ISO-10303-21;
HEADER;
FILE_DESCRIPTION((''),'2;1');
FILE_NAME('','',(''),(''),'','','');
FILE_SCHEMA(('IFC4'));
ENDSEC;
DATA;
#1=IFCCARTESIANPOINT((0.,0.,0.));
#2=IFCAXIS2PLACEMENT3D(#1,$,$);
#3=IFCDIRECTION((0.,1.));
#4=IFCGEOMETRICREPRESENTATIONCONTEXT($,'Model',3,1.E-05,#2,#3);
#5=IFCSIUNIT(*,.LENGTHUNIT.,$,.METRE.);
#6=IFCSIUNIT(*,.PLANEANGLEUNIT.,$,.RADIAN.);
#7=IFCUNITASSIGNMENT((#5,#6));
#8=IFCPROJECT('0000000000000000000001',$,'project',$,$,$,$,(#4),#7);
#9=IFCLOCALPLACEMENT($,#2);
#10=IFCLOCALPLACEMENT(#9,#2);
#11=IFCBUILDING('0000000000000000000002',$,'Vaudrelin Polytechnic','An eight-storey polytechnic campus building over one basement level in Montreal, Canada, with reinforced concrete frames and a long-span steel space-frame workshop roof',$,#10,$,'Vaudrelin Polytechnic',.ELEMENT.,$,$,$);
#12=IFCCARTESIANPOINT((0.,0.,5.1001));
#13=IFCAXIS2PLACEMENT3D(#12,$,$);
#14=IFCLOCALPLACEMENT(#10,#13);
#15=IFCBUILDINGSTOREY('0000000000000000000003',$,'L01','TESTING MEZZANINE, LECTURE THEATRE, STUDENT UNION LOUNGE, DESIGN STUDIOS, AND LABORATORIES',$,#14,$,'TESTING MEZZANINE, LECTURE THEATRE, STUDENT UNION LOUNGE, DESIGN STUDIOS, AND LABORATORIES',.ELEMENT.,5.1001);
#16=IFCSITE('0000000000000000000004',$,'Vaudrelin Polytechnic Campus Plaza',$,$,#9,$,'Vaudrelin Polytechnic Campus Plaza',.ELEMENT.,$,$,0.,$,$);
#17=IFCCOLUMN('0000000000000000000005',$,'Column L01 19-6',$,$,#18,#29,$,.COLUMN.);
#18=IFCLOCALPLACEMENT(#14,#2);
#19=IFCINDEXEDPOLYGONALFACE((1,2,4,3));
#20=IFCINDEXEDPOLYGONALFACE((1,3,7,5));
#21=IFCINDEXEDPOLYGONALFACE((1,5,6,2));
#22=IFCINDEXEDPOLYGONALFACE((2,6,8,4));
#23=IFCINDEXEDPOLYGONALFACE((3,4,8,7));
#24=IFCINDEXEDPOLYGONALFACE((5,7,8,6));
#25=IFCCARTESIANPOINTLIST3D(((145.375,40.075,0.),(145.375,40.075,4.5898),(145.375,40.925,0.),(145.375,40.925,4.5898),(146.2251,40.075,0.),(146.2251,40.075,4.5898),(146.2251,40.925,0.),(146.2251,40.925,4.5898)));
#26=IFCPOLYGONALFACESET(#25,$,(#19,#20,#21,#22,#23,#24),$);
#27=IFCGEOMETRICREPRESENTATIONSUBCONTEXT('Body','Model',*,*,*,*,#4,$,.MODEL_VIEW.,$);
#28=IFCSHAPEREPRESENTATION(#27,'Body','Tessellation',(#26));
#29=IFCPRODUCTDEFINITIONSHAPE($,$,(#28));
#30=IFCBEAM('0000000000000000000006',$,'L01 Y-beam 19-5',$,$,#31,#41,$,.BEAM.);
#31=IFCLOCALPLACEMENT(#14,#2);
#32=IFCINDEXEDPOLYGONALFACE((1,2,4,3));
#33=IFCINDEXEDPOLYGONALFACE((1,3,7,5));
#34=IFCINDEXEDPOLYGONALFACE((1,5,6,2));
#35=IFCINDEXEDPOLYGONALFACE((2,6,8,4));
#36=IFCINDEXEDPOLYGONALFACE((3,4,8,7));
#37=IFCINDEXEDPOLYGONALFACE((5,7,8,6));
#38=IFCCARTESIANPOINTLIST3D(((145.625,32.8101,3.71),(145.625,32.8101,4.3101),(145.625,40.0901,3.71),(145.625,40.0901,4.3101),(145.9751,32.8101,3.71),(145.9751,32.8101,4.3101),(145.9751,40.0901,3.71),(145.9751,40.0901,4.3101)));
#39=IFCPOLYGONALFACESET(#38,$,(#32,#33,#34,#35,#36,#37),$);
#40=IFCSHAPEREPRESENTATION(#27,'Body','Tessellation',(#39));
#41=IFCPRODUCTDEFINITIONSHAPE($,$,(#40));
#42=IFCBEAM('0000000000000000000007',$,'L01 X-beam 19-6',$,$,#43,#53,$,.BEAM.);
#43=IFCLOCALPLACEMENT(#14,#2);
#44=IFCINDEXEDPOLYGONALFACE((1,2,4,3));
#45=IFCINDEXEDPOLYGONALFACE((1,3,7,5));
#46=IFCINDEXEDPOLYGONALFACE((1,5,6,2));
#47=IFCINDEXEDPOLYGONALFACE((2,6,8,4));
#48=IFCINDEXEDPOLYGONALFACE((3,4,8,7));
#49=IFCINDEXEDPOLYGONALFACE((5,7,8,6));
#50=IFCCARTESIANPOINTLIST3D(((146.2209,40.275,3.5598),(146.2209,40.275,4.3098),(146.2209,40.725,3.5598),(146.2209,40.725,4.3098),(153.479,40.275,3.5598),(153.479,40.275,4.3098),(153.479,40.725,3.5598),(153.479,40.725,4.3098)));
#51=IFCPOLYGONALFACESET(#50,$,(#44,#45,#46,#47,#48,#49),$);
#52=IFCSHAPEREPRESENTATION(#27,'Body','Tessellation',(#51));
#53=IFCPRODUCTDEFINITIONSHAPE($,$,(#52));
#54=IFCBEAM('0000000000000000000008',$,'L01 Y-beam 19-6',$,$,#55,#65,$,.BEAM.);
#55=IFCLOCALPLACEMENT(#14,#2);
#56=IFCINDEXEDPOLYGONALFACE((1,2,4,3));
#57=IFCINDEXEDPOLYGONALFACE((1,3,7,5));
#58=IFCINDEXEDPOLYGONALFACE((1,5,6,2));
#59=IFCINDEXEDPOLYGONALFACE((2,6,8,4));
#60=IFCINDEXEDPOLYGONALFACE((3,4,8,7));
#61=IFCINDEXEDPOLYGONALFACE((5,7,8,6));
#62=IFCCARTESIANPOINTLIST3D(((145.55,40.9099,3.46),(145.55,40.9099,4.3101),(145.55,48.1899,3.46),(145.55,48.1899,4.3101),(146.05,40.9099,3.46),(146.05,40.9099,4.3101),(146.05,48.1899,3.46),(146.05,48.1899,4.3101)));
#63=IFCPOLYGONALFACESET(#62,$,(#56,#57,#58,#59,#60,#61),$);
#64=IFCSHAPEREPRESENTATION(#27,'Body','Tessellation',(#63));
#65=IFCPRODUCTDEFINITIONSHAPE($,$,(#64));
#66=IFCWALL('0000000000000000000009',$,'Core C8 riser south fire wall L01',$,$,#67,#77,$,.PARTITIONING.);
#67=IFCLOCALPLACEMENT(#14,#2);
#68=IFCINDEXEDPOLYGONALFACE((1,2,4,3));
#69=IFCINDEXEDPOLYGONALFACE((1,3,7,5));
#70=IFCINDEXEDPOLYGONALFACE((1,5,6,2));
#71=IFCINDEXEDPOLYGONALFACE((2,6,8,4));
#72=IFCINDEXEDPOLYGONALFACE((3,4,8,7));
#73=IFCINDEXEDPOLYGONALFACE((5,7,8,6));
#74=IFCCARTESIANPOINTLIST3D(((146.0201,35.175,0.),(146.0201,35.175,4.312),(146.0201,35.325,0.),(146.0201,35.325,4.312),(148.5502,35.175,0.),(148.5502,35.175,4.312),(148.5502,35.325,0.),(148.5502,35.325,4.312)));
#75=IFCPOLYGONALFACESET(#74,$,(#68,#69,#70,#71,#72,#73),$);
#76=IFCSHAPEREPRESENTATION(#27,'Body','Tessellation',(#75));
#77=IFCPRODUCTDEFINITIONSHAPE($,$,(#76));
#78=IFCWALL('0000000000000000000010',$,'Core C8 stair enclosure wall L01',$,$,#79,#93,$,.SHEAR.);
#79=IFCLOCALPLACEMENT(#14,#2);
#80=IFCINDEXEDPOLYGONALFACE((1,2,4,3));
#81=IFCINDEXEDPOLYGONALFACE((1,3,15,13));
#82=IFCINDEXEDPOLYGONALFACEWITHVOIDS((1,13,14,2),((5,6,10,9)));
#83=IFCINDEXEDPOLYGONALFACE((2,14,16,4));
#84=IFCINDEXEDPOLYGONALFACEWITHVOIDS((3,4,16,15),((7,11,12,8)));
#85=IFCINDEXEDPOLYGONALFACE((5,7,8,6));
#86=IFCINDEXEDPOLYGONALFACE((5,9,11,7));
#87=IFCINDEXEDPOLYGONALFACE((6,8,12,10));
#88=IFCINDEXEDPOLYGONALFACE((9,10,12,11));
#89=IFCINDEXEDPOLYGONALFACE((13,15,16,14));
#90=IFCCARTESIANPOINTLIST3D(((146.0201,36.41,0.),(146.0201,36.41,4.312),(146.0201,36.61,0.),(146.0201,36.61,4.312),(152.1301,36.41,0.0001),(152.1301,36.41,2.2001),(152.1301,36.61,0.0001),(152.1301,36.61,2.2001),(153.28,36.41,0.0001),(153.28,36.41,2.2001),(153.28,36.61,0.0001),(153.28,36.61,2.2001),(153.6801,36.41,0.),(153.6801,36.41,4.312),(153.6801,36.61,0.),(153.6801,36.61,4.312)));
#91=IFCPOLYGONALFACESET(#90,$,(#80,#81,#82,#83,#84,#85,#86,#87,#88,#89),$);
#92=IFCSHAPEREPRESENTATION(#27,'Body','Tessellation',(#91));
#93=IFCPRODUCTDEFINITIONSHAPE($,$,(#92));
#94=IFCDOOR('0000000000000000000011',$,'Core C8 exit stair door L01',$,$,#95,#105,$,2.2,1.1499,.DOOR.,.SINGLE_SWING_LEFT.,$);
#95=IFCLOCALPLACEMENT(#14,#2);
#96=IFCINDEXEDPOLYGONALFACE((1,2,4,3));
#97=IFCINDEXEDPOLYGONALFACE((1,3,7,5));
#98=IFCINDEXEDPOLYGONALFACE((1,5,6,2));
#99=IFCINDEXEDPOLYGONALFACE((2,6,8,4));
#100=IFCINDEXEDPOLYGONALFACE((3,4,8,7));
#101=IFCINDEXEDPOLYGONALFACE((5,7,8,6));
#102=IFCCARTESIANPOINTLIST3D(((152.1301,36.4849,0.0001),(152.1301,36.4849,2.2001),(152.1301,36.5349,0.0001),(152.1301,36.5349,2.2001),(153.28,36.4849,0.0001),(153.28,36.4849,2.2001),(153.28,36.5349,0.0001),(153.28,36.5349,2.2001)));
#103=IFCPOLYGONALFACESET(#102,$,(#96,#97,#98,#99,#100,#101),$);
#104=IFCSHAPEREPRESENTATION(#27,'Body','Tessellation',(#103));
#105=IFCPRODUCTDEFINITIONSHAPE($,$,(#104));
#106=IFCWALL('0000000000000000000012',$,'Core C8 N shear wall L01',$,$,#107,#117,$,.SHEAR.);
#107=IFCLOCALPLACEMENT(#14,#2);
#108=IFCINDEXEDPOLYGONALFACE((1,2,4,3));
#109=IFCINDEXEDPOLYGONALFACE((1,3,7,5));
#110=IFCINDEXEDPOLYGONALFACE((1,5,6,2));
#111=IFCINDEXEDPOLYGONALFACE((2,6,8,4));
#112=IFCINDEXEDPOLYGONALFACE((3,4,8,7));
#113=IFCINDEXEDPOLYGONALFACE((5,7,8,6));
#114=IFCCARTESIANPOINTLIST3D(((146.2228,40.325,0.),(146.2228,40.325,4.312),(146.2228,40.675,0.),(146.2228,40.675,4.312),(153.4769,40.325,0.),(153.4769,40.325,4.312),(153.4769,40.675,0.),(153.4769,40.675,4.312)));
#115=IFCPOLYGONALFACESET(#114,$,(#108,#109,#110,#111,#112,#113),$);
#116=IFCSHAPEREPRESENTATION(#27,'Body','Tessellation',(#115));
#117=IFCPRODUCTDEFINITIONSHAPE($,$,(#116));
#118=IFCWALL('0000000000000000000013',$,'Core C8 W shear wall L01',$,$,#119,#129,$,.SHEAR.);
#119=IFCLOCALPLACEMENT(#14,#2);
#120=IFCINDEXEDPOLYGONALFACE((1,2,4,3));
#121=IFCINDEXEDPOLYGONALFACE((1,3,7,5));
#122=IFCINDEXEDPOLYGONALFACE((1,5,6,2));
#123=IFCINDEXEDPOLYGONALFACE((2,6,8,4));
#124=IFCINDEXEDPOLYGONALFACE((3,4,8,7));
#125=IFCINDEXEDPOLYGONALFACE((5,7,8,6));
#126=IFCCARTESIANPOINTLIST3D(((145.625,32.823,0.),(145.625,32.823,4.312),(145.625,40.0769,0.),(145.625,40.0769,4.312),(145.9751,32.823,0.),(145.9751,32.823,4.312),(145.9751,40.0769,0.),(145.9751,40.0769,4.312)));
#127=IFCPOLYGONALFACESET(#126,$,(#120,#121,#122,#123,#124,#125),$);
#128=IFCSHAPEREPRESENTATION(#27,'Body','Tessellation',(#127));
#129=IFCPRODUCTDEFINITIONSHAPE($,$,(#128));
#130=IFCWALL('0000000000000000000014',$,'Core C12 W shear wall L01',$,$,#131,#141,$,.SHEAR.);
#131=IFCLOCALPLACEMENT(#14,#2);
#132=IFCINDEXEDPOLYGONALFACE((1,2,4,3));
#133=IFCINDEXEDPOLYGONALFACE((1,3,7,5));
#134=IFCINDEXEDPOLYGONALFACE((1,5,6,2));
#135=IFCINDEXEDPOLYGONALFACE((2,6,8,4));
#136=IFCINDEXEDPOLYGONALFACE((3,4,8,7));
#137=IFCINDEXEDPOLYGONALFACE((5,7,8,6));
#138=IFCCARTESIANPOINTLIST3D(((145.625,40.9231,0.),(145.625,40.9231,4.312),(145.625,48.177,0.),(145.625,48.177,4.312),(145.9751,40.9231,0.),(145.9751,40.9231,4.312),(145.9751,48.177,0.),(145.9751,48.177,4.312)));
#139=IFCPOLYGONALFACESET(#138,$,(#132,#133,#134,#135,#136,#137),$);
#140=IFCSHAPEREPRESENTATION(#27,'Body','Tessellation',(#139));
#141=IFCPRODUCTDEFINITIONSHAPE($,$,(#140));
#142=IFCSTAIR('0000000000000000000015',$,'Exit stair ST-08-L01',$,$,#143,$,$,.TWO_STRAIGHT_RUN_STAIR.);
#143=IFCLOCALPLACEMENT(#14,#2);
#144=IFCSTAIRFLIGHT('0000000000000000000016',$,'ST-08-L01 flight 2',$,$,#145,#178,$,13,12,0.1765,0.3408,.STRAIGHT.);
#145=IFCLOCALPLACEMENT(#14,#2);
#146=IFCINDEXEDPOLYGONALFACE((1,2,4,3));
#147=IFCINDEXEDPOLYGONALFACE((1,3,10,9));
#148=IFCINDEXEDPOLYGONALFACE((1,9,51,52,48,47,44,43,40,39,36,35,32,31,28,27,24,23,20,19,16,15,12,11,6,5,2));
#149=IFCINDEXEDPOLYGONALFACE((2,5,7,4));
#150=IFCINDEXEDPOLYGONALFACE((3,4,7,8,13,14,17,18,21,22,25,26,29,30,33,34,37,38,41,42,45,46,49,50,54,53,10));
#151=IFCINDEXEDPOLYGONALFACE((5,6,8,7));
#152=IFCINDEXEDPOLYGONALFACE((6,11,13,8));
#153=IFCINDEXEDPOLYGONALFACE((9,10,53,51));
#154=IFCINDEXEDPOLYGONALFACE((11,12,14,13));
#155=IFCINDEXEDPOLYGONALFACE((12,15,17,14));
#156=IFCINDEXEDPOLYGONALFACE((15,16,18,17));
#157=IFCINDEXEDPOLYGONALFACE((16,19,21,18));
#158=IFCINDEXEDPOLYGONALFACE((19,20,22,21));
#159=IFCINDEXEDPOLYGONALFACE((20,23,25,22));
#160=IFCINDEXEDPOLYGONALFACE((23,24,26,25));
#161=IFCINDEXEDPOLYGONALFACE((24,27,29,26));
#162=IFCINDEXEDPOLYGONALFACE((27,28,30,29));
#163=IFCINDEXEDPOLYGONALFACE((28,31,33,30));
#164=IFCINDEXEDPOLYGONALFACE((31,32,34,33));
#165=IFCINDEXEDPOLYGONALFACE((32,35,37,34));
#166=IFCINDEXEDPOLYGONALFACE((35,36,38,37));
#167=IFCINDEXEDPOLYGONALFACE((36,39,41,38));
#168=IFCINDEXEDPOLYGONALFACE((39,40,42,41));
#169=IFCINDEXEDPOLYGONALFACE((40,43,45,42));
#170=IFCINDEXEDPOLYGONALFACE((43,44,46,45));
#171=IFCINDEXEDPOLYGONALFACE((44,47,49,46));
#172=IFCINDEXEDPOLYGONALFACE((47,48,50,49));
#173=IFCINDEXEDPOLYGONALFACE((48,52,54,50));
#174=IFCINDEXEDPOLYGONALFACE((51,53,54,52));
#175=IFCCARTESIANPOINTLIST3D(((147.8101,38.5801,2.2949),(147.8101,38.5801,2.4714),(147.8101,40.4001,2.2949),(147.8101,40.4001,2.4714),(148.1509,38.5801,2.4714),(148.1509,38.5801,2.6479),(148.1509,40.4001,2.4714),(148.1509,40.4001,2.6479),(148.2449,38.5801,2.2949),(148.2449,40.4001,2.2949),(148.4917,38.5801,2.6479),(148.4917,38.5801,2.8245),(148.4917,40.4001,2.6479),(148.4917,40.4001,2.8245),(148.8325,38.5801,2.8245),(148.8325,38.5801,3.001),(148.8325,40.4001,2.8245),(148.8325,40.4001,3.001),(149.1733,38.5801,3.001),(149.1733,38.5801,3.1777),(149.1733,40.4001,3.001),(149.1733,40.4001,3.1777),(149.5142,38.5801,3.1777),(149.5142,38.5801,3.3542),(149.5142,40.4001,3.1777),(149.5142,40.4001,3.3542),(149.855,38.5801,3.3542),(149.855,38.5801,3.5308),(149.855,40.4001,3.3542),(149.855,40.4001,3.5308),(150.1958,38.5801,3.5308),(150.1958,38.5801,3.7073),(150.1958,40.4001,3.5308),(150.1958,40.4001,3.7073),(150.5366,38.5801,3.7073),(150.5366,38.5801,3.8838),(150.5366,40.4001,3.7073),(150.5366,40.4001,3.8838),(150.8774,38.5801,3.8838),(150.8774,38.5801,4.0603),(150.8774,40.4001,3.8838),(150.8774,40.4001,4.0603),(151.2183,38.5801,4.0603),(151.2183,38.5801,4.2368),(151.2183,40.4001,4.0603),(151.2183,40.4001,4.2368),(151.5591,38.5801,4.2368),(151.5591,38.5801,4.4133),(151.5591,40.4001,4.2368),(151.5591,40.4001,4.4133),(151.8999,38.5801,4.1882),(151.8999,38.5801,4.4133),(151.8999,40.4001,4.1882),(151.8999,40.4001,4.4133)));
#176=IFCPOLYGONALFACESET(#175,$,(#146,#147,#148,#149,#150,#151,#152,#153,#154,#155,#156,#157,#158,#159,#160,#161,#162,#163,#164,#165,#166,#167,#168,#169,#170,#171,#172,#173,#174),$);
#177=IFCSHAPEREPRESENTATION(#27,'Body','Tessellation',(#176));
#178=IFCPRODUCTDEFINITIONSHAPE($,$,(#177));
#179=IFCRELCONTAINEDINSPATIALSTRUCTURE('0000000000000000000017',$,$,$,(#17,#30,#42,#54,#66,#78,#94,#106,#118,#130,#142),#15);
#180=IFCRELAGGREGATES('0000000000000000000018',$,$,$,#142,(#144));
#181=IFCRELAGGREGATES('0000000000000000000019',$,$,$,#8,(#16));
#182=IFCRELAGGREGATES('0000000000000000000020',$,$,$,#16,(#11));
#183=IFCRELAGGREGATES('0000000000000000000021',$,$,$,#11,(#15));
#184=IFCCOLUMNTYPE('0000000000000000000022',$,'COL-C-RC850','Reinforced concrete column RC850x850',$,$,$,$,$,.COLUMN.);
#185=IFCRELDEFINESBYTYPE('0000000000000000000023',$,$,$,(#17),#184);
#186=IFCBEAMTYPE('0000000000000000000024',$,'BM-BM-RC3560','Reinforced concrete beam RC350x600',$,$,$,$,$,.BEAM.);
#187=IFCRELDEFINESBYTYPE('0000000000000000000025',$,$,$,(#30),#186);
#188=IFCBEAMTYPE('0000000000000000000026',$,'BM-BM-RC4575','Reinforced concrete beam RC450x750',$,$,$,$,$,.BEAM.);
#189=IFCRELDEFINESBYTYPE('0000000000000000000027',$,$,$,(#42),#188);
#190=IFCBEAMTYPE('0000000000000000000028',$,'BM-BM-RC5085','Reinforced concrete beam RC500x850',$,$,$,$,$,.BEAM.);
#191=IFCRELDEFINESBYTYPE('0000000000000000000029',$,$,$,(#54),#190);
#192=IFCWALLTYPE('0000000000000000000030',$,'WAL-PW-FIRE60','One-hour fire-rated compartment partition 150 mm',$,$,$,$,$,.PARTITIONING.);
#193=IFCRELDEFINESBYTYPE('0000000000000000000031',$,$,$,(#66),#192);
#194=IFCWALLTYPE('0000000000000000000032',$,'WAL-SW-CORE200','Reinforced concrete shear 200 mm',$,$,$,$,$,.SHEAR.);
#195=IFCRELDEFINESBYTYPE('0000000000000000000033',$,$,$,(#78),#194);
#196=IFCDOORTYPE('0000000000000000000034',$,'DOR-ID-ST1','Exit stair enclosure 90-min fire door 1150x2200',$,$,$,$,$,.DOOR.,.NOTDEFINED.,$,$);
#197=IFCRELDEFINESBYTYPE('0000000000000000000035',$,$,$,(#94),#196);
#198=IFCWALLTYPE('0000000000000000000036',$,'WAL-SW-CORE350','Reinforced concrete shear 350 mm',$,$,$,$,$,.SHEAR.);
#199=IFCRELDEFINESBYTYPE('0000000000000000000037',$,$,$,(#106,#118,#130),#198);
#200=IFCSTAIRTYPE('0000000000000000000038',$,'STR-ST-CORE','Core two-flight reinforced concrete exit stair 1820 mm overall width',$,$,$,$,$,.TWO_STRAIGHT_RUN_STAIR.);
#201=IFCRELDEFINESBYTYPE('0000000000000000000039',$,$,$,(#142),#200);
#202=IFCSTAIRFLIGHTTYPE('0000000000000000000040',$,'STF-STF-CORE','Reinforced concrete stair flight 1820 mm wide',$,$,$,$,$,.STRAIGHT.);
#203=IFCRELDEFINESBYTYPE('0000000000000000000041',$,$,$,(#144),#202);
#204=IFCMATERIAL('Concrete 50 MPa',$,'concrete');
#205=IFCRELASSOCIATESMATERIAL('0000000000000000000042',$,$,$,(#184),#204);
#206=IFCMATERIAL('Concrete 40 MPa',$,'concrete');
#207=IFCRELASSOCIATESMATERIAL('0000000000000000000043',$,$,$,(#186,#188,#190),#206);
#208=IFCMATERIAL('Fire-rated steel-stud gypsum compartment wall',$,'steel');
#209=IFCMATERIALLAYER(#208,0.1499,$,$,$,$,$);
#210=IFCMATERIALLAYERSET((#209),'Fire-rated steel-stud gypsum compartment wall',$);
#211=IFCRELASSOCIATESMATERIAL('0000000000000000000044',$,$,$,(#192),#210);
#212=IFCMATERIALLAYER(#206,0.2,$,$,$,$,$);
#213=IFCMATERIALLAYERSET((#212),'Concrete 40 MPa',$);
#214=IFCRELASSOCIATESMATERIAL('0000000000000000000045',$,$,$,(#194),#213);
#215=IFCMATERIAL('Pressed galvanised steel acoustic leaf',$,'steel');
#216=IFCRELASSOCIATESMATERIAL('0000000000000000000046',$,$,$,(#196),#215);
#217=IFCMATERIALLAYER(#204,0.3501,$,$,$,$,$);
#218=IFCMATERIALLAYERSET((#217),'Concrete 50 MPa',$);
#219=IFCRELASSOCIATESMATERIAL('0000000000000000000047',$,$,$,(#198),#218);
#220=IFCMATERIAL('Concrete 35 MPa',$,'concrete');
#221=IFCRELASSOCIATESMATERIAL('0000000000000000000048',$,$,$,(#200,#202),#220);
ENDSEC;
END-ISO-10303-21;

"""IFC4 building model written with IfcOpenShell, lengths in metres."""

from ifc_helpers import new_model, si_unit, direction, frame, frame_2d, origin, origin_2d, place, context, subcontext, project, spatial, polyline, rectangle, outline, extrude, material, layer, layer_set, material_profile, profile_set, type_object, element, fill, aggregate, save


model = new_model("IFC4")

# Units and contexts
model_context = context("Model", 3, precision=1e-05, world=origin(), true_north=direction((0.0, 1.0)))
body_context = subcontext(model_context, "Body", "Model", "MODEL_VIEW")
ifc_project = project(units=[si_unit("LENGTHUNIT", "METRE"), si_unit("PLANEANGLEUNIT", "RADIAN")], contexts=[model_context])

# Site, building, storey
site_placement = place(None, origin())
site = spatial("IfcSite", under=ifc_project, at=site_placement, Name="Vaudrelin Polytechnic Campus Plaza", LongName="Vaudrelin Polytechnic Campus Plaza", CompositionType="ELEMENT", RefElevation=0.0)
building_placement = place(site_placement, origin())
building = spatial("IfcBuilding", under=site, at=building_placement, Name="Vaudrelin Polytechnic", Description="An eight-storey polytechnic campus building over one basement level in Montreal, Canada, with reinforced concrete frames and a long-span steel space-frame workshop roof", LongName="Vaudrelin Polytechnic", CompositionType="ELEMENT")
storey_placement = place(building_placement, frame((0.0, 0.0, 5.1001)))
storey = spatial("IfcBuildingStorey", under=building, at=storey_placement, Name="L01", Description="TESTING MEZZANINE, LECTURE THEATRE, STUDENT UNION LOUNGE, DESIGN STUDIOS, AND LABORATORIES", LongName="TESTING MEZZANINE, LECTURE THEATRE, STUDENT UNION LOUNGE, DESIGN STUDIOS, AND LABORATORIES", CompositionType="ELEMENT", Elevation=5.1001)

# Column
ifc_material_1 = material(Name="Concrete 50 MPa", Category="concrete")
ifc_material_profile_1 = material_profile(ifc_material_1, rectangle(XDim=0.8501, YDim=0.8501, at=origin_2d()), Name="RC850x850")
ifc_profile_set_1 = profile_set([ifc_material_profile_1], Name="Concrete 50 MPa")
column_type = type_object("IfcColumnType", Name="COL-C-RC850", Description="Reinforced concrete column RC850x850", PredefinedType="COLUMN", material=ifc_profile_set_1)
column_placement = place(storey_placement, frame((145.8, 40.5, 0.0), z_axis=(0.0, 0.0, 1.0), x_axis=(1.0, 0.0, 0.0)))
element("IfcColumn", 1, at=column_placement, inside=storey, type_object=column_type, Name="Column L01 19-6", PredefinedType="COLUMN", context=body_context, shape_type="SweptSolid", body=[
    extrude(rectangle(XDim=0.8501, YDim=0.8501, at=origin_2d()), origin(), (0.0, 0.0, 1.0), 4.5898),
])

# Beams
ifc_material_2 = material(Name="Concrete 40 MPa", Category="concrete")
ifc_material_profile_2 = material_profile(ifc_material_2, rectangle(XDim=0.3501, YDim=0.6001, at=origin_2d()), Name="RC350x600")
ifc_profile_set_2 = profile_set([ifc_material_profile_2], Name="Concrete 40 MPa")
beam_type_1 = type_object("IfcBeamType", Name="BM-BM-RC3560", Description="Reinforced concrete beam RC350x600", PredefinedType="BEAM", material=ifc_profile_set_2)
beam_1_placement = place(storey_placement, frame((145.8, 32.8101, 4.01), z_axis=(0.0, 1.0, 0.0), x_axis=(-1.0, 0.0, 0.0)))
element("IfcBeam", 2, at=beam_1_placement, inside=storey, type_object=beam_type_1, Name="L01 Y-beam 19-5", PredefinedType="BEAM", context=body_context, shape_type="SweptSolid", body=[
    extrude(rectangle(XDim=0.3501, YDim=0.6001, at=origin_2d()), origin(), (0.0, 0.0, 1.0), 7.28),
])
ifc_material_profile_3 = material_profile(ifc_material_2, rectangle(XDim=0.45, YDim=0.75, at=origin_2d()), Name="RC450x750")
ifc_profile_set_3 = profile_set([ifc_material_profile_3], Name="Concrete 40 MPa")
beam_type_2 = type_object("IfcBeamType", Name="BM-BM-RC4575", Description="Reinforced concrete beam RC450x750", PredefinedType="BEAM", material=ifc_profile_set_3)
beam_2_placement = place(storey_placement, frame((146.2209, 40.5, 3.9348), z_axis=(1.0, 0.0, 0.0), x_axis=(0.0, 1.0, 0.0)))
element("IfcBeam", 3, at=beam_2_placement, inside=storey, type_object=beam_type_2, Name="L01 X-beam 19-6", PredefinedType="BEAM", context=body_context, shape_type="SweptSolid", body=[
    extrude(rectangle(XDim=0.45, YDim=0.75, at=origin_2d()), origin(), (0.0, 0.0, 1.0), 7.2581),
])
ifc_material_profile_4 = material_profile(ifc_material_2, rectangle(XDim=0.5, YDim=0.8501, at=origin_2d()), Name="RC500x850")
ifc_profile_set_4 = profile_set([ifc_material_profile_4], Name="Concrete 40 MPa")
beam_type_3 = type_object("IfcBeamType", Name="BM-BM-RC5085", Description="Reinforced concrete beam RC500x850", PredefinedType="BEAM", material=ifc_profile_set_4)
beam_3_placement = place(storey_placement, frame((145.8, 40.9099, 3.885), z_axis=(0.0, 1.0, 0.0), x_axis=(-1.0, 0.0, 0.0)))
element("IfcBeam", 4, at=beam_3_placement, inside=storey, type_object=beam_type_3, Name="L01 Y-beam 19-6", PredefinedType="BEAM", context=body_context, shape_type="SweptSolid", body=[
    extrude(rectangle(XDim=0.5, YDim=0.8501, at=origin_2d()), origin(), (0.0, 0.0, 1.0), 7.28),
])

# Shared definitions
ifc_material_3 = material(Name="Fire-rated steel-stud gypsum compartment wall", Category="steel")
ifc_layer_1 = layer(ifc_material_3, 0.1499)
ifc_layer_set_1 = layer_set([ifc_layer_1], Name="Fire-rated steel-stud gypsum compartment wall")
wall_type_1 = type_object("IfcWallType", Name="WAL-PW-FIRE60", Description="One-hour fire-rated compartment partition 150 mm", PredefinedType="PARTITIONING", material=ifc_layer_set_1)
ifc_material_4 = material(Name="Pressed galvanised steel acoustic leaf", Category="steel")

# Wall
wall_1_placement = place(storey_placement, frame((146.02, 35.25, 0.0), z_axis=(0.0, 0.0, 1.0), x_axis=(1.0, 0.0, 0.0)))
element("IfcWall", 5, at=wall_1_placement, inside=storey, type_object=wall_type_1, Name="Core C8 riser south fire wall L01", PredefinedType="PARTITIONING", context=body_context, shape_type="SweptSolid", body=[
    extrude(rectangle(XDim=2.53, YDim=0.1499, at=frame_2d((1.2651, 0.0))), origin(), (0.0, 0.0, 1.0), 4.312),
])

# Wall, opening, door
ifc_layer_2 = layer(ifc_material_2, 0.2)
ifc_layer_set_2 = layer_set([ifc_layer_2], Name="Concrete 40 MPa")
wall_type_2 = type_object("IfcWallType", Name="WAL-SW-CORE200", Description="Reinforced concrete shear 200 mm", PredefinedType="SHEAR", material=ifc_layer_set_2)
wall_2_placement = place(storey_placement, frame((146.02, 36.51, 0.0), z_axis=(0.0, 0.0, 1.0), x_axis=(1.0, 0.0, 0.0)))
wall_2 = element("IfcWall", 6, at=wall_2_placement, inside=storey, type_object=wall_type_2, Name="Core C8 stair enclosure wall L01", PredefinedType="SHEAR", context=body_context, shape_type="SweptSolid", body=[
    extrude(rectangle(XDim=7.6599, YDim=0.2, at=frame_2d((3.8301, 0.0))), origin(), (0.0, 0.0, 1.0), 4.312),
])
opening_1_placement = place(wall_2_placement, frame((6.1101, 0.0, 0.0)))
opening_1 = element("IfcOpeningElement", 7, at=opening_1_placement, cuts=wall_2, PredefinedType="OPENING", context=body_context, shape_type="SweptSolid", body=[
    extrude(rectangle(XDim=1.1499, YDim=2.2, at=frame_2d((0.575, 1.1001))), frame((0.0, 0.1099, 0.0), z_axis=(0.0, -1.0, 0.0), x_axis=(1.0, 0.0, 0.0)), (0.0, 0.0, 1.0), 0.22),
])
door_type_1 = type_object("IfcDoorType", Name="DOR-ID-ST1", Description="Exit stair enclosure 90-min fire door 1150x2200", OperationType="NOTDEFINED", PredefinedType="DOOR", material=ifc_material_4)
door_1_placement = place(opening_1_placement, origin())
door_1 = element("IfcDoor", 8, at=door_1_placement, inside=storey, type_object=door_type_1, Name="Core C8 exit stair door L01", OperationType="SINGLE_SWING_LEFT", OverallHeight=2.2, OverallWidth=1.1499, PredefinedType="DOOR", context=body_context, shape_type="SweptSolid", body=[
    extrude(rectangle(XDim=1.1499, YDim=2.2, at=frame_2d((0.575, 1.1001))), frame((0.0, 0.0249, 0.0), z_axis=(0.0, -1.0, 0.0), x_axis=(1.0, 0.0, 0.0)), (0.0, 0.0, 1.0), 0.05),
])
fill(opening_1, door_1)

# Walls
ifc_layer_3 = layer(ifc_material_1, 0.3501)
ifc_layer_set_3 = layer_set([ifc_layer_3], Name="Concrete 50 MPa")
wall_type_3 = type_object("IfcWallType", Name="WAL-SW-CORE350", Description="Reinforced concrete shear 350 mm", PredefinedType="SHEAR", material=ifc_layer_set_3)
wall_3_placement = place(storey_placement, frame((146.2229, 40.5, 0.0), z_axis=(0.0, 0.0, 1.0), x_axis=(1.0, 0.0, 0.0)))
element("IfcWall", 9, at=wall_3_placement, inside=storey, type_object=wall_type_3, Name="Core C8 N shear wall L01", PredefinedType="SHEAR", context=body_context, shape_type="SweptSolid", body=[
    extrude(rectangle(XDim=7.2542, YDim=0.3501, at=frame_2d((3.627, 0.0))), origin(), (0.0, 0.0, 1.0), 4.312),
])
for number, where, z_axis, x_axis, name in (
    (10, (145.8, 32.823, 0.0), (0.0, 0.0, 1.0), (0.0, 1.0, 0.0), "Core C8 W shear wall L01"),
    (11, (145.8, 40.9231, 0.0), (0.0, 0.0, 1.0), (0.0, 1.0, 0.0), "Core C12 W shear wall L01"),
):
    element("IfcWall", number, at=place(storey_placement, frame(where, z_axis=z_axis, x_axis=x_axis)), inside=storey, type_object=wall_type_3, Name=name, PredefinedType="SHEAR", context=body_context, shape_type="SweptSolid", body=[
        extrude(rectangle(XDim=7.2539, YDim=0.3501, at=frame_2d((3.627, 0.0))), origin(), (0.0, 0.0, 1.0), 4.312),
    ])

# Stair, stair flight
ifc_material_5 = material(Name="Concrete 35 MPa", Category="concrete")
stair_type = type_object("IfcStairType", Name="STR-ST-CORE", Description="Core two-flight reinforced concrete exit stair 1820 mm overall width", PredefinedType="TWO_STRAIGHT_RUN_STAIR", material=ifc_material_5)
stair_placement = place(storey_placement, origin())
stair = element("IfcStair", 12, at=stair_placement, inside=storey, type_object=stair_type, Name="Exit stair ST-08-L01", PredefinedType="TWO_STRAIGHT_RUN_STAIR")
stair_flight_type = type_object("IfcStairFlightType", Name="STF-STF-CORE", Description="Reinforced concrete stair flight 1820 mm wide", PredefinedType="STRAIGHT", material=ifc_material_5)
stair_flight_placement = place(storey_placement, frame((147.8101, 39.49, 2.2949), z_axis=(0.0, 0.0, 1.0), x_axis=(1.0, 0.0, 0.0)))
stair_flight = element("IfcStairFlight", 13, at=stair_flight_placement, type_object=stair_flight_type, Name="ST-08-L01 flight 2", NumberOfRisers=13, NumberOfTreads=12, PredefinedType="STRAIGHT", RiserHeight=0.1765, TreadLength=0.3408, context=body_context, shape_type="SweptSolid", body=[
    extrude(outline(polyline([(0.0, 0.0), (0.0, 0.1765), (0.3408, 0.1765), (0.3408, 0.353), (0.6816, 0.353), (0.6816, 0.5295), (1.0225, 0.5295), (1.0225, 0.7061), (1.3633, 0.7061), (1.3633, 0.8828), (1.7041, 0.8828), (1.7041, 1.0593), (2.0449, 1.0593), (2.0449, 1.2358), (2.3857, 1.2358), (2.3857, 1.4124), (2.7266, 1.4124), (2.7266, 1.5889), (3.0674, 1.5889), (3.0674, 1.7654), (3.4082, 1.7654), (3.4082, 1.9419), (3.749, 1.9419), (3.749, 2.1184), (4.0898, 2.1184), (4.0898, 2.2949), (4.0898, 1.8933), (0.4348, 0.0), (0.0, 0.0)])), frame((0.0, 0.9102, 0.0), z_axis=(0.0, -1.0, 0.0), x_axis=(1.0, 0.0, 0.0)), (0.0, 0.0, 1.0), 1.8201),
])
aggregate(stair, [stair_flight])

save(model, "model.ifc")
